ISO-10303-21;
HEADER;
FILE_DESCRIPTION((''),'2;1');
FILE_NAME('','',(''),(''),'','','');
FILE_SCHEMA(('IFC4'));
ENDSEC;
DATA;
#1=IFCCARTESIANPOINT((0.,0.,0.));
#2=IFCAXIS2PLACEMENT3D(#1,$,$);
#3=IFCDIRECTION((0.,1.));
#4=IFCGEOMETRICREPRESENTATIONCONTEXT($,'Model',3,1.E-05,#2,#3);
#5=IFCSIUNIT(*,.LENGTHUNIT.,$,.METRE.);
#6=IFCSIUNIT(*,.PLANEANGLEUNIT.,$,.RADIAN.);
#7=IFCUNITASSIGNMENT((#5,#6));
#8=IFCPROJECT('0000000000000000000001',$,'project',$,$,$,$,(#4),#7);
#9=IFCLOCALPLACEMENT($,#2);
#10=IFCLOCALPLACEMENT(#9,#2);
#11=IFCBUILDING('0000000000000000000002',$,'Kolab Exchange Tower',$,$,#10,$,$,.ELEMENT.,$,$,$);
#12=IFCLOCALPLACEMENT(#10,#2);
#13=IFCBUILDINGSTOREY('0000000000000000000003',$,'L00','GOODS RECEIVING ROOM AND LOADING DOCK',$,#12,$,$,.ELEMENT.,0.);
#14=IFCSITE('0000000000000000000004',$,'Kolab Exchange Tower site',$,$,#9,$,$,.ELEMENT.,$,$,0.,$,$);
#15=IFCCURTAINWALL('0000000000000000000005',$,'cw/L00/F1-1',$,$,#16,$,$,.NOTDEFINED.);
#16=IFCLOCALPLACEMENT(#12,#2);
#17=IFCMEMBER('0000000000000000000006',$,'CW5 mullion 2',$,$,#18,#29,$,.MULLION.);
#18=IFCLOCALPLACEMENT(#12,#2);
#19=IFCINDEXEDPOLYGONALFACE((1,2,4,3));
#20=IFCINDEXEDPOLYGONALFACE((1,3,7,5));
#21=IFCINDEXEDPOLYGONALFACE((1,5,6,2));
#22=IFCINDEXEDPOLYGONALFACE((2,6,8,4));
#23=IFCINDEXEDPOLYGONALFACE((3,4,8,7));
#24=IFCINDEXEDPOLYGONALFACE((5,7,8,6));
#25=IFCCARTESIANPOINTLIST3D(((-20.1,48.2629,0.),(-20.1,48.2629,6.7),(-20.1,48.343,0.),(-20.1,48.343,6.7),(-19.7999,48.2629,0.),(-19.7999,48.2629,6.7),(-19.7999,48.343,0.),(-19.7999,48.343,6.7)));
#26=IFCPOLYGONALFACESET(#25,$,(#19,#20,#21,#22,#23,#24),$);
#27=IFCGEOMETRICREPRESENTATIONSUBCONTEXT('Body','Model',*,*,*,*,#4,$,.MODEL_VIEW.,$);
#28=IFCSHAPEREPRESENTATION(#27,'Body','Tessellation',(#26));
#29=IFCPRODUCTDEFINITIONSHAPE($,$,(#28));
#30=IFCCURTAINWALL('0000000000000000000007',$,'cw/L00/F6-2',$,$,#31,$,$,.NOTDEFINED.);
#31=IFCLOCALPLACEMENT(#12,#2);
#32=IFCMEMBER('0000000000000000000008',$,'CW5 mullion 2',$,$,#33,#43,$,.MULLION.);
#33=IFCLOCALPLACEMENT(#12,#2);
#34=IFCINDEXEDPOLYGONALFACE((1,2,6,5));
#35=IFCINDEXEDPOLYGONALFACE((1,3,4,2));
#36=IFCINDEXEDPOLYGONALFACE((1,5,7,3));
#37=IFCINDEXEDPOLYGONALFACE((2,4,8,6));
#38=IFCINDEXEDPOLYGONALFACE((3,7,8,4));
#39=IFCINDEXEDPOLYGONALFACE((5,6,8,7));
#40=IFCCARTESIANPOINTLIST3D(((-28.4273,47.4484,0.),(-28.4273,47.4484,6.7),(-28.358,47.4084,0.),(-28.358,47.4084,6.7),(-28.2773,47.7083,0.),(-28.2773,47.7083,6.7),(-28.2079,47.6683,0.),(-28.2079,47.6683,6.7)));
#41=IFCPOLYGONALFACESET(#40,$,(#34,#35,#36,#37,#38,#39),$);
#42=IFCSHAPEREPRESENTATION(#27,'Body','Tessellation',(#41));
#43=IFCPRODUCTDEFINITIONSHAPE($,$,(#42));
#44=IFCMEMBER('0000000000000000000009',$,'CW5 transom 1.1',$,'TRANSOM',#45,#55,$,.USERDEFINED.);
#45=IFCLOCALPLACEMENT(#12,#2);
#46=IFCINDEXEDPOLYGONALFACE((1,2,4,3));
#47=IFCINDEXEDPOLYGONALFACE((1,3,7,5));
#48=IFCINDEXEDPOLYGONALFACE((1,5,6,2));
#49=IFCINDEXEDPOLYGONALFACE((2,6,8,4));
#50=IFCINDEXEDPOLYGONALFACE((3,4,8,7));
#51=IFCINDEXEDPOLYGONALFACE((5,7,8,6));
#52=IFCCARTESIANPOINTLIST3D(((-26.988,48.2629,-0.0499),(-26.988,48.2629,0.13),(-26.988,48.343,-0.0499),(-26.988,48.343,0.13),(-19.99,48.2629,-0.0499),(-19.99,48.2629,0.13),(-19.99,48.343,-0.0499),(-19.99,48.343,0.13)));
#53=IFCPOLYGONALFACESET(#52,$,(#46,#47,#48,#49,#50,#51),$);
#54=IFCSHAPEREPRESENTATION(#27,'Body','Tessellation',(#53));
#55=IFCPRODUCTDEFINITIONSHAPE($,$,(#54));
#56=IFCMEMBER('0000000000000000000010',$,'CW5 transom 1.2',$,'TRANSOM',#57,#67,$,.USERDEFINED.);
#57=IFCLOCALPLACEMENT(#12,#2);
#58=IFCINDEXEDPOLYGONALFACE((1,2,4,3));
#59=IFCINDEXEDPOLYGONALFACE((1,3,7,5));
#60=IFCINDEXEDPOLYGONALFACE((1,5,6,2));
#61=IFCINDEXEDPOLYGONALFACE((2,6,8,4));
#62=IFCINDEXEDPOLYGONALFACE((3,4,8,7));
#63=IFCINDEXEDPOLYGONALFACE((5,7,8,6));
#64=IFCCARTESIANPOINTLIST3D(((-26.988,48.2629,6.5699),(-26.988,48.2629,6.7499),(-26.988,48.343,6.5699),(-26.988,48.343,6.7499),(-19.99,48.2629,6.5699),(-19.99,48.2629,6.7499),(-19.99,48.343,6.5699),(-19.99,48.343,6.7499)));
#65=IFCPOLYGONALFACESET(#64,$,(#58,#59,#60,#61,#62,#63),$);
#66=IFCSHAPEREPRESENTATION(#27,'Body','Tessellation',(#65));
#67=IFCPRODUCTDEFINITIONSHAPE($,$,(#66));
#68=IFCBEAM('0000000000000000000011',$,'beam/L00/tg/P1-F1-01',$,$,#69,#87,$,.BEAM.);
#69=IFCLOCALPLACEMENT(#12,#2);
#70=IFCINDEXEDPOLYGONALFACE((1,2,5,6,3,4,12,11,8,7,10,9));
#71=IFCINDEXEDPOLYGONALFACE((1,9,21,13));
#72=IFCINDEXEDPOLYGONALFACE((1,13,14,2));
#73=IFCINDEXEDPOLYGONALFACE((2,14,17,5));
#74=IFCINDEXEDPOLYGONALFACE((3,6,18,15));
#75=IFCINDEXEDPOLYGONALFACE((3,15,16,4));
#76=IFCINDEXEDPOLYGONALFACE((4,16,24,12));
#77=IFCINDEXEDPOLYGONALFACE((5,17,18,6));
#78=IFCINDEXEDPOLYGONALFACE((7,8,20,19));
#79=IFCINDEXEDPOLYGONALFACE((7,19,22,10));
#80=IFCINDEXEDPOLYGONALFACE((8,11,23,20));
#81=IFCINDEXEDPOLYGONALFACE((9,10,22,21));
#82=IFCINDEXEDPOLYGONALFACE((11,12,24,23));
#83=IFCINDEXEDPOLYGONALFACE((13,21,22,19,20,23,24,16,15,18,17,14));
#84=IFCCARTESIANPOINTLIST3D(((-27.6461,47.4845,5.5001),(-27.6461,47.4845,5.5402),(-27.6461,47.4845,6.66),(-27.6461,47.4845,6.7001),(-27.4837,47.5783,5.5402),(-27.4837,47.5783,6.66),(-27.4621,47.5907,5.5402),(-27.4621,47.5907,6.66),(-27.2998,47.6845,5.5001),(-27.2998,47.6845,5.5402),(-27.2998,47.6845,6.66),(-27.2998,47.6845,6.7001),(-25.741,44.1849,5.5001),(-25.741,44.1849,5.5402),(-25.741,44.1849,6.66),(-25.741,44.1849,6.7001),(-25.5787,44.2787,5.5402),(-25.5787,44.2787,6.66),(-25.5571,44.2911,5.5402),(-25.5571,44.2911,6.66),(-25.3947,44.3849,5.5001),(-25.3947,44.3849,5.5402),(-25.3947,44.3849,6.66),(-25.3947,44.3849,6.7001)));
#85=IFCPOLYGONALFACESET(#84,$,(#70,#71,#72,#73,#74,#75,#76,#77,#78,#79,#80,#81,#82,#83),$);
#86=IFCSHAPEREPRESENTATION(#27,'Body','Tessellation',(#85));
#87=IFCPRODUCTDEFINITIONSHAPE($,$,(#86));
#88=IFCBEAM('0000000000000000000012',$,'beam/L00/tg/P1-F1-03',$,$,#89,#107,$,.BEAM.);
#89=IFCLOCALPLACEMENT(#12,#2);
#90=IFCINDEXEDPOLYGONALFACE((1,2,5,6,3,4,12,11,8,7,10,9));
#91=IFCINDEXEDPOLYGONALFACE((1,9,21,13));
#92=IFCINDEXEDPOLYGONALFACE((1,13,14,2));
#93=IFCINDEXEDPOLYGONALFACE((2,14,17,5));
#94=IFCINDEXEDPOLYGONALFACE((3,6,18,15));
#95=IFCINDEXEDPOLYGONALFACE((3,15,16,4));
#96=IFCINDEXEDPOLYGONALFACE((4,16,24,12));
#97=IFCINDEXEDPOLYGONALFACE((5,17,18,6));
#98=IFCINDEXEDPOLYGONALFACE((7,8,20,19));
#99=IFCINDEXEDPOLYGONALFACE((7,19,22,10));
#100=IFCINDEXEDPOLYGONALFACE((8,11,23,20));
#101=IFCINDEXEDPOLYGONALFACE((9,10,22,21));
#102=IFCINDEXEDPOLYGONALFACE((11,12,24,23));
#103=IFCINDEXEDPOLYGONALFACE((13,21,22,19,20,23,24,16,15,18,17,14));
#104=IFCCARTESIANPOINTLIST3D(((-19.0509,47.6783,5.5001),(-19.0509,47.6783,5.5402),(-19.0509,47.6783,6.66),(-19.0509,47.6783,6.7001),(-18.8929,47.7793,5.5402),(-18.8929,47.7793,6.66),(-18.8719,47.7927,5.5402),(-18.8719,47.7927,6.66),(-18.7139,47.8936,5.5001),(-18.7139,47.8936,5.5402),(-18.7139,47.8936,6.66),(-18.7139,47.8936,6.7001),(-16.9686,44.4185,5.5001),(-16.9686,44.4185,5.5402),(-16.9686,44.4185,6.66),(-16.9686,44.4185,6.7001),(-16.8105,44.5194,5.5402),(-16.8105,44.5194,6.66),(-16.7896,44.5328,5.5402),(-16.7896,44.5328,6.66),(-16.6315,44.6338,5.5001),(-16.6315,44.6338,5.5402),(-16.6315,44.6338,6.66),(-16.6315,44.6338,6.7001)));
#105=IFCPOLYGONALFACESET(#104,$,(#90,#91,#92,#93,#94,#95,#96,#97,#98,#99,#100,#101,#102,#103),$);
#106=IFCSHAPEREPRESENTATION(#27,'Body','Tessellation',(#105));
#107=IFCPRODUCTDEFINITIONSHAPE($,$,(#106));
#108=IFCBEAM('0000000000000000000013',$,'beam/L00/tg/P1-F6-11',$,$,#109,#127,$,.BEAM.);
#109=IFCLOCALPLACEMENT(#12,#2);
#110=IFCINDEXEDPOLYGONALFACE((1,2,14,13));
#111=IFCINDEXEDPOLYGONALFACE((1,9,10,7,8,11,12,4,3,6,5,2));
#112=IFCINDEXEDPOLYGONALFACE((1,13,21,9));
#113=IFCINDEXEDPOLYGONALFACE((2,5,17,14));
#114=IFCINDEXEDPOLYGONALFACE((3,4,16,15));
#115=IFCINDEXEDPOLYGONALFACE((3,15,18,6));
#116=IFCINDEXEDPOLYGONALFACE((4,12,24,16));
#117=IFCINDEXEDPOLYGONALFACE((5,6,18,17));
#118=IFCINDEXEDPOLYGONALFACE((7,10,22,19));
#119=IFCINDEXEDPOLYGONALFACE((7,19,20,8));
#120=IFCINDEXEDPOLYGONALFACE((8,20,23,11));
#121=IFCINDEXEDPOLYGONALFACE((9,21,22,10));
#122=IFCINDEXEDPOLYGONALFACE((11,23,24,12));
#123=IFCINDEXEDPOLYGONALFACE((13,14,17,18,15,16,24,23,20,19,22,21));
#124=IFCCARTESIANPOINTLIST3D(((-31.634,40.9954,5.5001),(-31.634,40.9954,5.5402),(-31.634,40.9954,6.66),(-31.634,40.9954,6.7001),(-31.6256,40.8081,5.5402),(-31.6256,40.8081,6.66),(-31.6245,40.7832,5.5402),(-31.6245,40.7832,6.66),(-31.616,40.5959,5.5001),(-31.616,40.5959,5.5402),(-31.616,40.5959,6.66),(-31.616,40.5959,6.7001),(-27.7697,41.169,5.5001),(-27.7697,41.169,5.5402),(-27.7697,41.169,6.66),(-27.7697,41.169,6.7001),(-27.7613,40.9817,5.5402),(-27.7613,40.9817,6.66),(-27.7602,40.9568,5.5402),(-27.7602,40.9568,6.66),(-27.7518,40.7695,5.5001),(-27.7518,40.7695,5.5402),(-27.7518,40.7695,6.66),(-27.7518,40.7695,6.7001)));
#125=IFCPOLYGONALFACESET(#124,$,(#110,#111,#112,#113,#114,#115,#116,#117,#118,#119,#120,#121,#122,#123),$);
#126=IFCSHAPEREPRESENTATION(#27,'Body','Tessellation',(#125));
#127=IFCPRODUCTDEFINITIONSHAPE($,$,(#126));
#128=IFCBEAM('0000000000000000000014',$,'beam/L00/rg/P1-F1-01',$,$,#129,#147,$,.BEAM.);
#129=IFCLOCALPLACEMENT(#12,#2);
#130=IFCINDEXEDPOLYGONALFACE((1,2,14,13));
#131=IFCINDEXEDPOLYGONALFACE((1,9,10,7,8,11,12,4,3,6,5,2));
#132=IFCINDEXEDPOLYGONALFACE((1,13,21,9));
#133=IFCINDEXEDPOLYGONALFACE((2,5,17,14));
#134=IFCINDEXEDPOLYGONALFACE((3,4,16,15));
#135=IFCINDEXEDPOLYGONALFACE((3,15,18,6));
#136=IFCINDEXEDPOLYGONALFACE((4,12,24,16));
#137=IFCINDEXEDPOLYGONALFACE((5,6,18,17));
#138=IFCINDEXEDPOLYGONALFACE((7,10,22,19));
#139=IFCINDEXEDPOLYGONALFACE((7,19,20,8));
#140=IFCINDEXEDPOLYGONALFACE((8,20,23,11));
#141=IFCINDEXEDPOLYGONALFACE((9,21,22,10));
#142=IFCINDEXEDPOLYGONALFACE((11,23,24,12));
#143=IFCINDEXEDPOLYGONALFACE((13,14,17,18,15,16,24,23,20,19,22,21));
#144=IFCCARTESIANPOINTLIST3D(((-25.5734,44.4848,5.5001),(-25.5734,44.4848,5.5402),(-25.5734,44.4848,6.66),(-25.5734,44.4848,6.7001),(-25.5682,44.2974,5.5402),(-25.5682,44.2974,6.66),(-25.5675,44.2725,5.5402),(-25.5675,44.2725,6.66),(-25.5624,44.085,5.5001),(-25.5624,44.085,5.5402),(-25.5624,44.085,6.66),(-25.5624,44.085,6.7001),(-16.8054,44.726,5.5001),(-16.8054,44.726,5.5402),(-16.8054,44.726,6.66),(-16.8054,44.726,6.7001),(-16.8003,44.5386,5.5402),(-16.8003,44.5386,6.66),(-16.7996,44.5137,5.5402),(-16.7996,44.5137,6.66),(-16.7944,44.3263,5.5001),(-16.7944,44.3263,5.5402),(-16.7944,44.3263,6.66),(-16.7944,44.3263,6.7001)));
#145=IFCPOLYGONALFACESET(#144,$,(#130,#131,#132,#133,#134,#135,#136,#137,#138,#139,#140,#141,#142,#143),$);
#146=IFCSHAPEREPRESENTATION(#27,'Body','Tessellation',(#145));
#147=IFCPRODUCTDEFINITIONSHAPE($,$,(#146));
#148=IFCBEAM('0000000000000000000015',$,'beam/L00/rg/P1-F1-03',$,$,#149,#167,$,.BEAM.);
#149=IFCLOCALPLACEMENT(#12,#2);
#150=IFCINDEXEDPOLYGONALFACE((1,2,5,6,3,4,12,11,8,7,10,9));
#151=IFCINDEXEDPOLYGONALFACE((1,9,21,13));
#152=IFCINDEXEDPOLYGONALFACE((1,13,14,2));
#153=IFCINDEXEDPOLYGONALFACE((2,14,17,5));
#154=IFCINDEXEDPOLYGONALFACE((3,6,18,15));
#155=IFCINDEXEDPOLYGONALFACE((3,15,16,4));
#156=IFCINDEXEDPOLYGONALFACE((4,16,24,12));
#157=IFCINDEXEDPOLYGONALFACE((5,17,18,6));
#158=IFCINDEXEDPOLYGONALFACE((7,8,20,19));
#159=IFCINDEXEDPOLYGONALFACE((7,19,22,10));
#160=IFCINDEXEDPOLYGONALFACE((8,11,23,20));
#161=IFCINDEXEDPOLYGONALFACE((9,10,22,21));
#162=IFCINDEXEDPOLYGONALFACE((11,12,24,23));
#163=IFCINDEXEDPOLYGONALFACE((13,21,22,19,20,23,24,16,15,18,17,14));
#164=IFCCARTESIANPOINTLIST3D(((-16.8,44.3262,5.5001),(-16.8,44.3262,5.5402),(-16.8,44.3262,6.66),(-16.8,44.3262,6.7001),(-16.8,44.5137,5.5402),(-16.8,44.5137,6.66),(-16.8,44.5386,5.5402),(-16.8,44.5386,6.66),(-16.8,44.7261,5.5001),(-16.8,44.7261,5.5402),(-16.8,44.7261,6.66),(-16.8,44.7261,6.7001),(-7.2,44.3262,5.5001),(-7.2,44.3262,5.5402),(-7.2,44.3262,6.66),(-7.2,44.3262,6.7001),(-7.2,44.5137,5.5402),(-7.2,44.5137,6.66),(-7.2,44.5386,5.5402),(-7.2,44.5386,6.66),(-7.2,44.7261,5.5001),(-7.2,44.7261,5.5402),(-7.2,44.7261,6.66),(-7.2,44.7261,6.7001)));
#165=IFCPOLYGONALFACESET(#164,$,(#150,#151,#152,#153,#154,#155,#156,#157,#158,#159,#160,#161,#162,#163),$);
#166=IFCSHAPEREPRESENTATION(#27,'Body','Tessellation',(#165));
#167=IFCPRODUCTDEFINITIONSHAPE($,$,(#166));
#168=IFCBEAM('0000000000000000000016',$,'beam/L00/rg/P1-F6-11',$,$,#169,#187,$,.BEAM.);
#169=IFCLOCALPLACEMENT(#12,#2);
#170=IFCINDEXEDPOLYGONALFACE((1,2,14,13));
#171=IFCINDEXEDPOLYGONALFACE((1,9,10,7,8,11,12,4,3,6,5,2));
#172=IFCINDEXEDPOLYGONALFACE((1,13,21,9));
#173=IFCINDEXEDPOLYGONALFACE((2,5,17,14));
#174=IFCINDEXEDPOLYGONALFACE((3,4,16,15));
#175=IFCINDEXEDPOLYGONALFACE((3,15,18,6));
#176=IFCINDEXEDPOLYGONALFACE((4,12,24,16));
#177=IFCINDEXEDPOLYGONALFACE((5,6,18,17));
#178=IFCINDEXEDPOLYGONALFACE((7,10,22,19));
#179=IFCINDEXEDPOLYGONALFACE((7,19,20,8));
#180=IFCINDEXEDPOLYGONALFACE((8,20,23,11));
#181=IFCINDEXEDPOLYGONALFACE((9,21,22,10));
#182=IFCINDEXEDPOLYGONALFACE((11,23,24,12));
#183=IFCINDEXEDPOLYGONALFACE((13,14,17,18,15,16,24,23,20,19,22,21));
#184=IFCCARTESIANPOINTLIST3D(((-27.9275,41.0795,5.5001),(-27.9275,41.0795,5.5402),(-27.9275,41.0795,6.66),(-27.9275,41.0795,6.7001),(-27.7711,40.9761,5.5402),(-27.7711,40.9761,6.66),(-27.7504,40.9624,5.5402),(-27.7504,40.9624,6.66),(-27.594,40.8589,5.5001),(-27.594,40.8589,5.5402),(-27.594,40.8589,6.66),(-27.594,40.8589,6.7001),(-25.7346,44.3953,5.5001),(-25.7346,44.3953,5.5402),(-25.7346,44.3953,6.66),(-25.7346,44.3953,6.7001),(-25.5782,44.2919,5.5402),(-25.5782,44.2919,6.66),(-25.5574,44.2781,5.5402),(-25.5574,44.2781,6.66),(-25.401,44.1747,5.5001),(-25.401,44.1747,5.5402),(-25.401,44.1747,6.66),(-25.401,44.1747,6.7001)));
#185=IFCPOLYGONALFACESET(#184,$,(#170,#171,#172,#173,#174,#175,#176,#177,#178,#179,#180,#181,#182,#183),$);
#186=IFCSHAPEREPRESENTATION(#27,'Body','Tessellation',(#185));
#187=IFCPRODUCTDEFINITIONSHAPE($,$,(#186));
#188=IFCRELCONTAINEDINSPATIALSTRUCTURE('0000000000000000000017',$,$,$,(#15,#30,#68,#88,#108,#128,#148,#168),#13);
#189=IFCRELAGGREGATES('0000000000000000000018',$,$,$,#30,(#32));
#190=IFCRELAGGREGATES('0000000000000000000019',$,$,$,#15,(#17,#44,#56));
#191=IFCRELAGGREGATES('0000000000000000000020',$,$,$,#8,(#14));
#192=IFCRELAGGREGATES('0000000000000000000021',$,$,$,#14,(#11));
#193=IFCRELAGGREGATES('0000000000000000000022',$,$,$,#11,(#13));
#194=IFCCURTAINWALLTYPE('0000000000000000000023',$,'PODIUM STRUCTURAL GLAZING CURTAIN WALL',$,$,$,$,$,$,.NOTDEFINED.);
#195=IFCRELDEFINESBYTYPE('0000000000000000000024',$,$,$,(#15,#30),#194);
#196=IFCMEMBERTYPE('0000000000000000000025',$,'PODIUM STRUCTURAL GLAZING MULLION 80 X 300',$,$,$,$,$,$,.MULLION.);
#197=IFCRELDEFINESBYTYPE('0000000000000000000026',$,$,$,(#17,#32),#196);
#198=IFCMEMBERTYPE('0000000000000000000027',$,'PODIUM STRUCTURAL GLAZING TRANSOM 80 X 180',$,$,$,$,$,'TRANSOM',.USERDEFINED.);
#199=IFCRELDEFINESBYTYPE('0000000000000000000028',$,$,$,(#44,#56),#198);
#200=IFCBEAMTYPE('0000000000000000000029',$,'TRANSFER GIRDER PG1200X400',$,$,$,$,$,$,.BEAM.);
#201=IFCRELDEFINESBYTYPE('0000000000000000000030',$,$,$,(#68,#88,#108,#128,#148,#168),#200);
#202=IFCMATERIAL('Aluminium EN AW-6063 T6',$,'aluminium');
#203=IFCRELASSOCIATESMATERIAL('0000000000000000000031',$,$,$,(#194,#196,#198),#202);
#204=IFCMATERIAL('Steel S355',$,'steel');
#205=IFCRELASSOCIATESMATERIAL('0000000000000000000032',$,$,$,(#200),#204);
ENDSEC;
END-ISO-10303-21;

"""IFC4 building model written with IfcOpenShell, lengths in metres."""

from ifc_helpers import new_model, si_unit, direction, frame, origin, origin_2d, place, context, subcontext, project, spatial, rectangle, i_section, extrude, material, material_profile, profile_set, type_object, element, aggregate, save


model = new_model("IFC4")

# Units and contexts
model_context = context("Model", 3, precision=1e-05, world=origin(), true_north=direction((0.0, 1.0)))
body_context = subcontext(model_context, "Body", "Model", "MODEL_VIEW")
ifc_project = project(units=[si_unit("LENGTHUNIT", "METRE"), si_unit("PLANEANGLEUNIT", "RADIAN")], contexts=[model_context])

# Site, building, storey
site_placement = place(None, origin())
site = spatial("IfcSite", under=ifc_project, at=site_placement, Name="Kolab Exchange Tower site", CompositionType="ELEMENT", RefElevation=0.0)
building_placement = place(site_placement, origin())
building = spatial("IfcBuilding", under=site, at=building_placement, Name="Kolab Exchange Tower", CompositionType="ELEMENT")
storey_placement = place(building_placement, origin())
storey = spatial("IfcBuildingStorey", under=building, at=storey_placement, Name="L00", Description="GOODS RECEIVING ROOM AND LOADING DOCK", CompositionType="ELEMENT", Elevation=0.0)

# Curtain wall, member
ifc_material_1 = material(Name="Aluminium EN AW-6063 T6", Category="aluminium")
curtain_wall_type = type_object("IfcCurtainWallType", Name="PODIUM STRUCTURAL GLAZING CURTAIN WALL", PredefinedType="NOTDEFINED", material=ifc_material_1)
curtain_wall_1_placement = place(storey_placement, origin())
curtain_wall_1 = element("IfcCurtainWall", 1, at=curtain_wall_1_placement, inside=storey, type_object=curtain_wall_type, Name="cw/L00/F1-1", PredefinedType="NOTDEFINED")
ifc_material_profile_1 = material_profile(ifc_material_1, rectangle(XDim=0.0801, YDim=0.3, at=origin_2d()), Name="RECT 80X300")
ifc_profile_set_1 = profile_set([ifc_material_profile_1], Name="Aluminium EN AW-6063 T6")
member_type_1 = type_object("IfcMemberType", Name="PODIUM STRUCTURAL GLAZING MULLION 80 X 300", PredefinedType="MULLION", material=ifc_profile_set_1)
member_1_placement = place(storey_placement, frame((-19.95, 48.303, 0.0), z_axis=(0.0, 0.0, 1.0), x_axis=(0.0, 1.0, 0.0)))
member_1 = element("IfcMember", 2, at=member_1_placement, type_object=member_type_1, Name="CW5 mullion 2", PredefinedType="MULLION", context=body_context, shape_type="SweptSolid", body=[
    extrude(rectangle(XDim=0.0801, YDim=0.3, at=origin_2d()), origin(), (0.0, 0.0, 1.0), 6.7),
])

# Curtain wall, member
curtain_wall_2_placement = place(storey_placement, origin())
curtain_wall_2 = element("IfcCurtainWall", 3, at=curtain_wall_2_placement, inside=storey, type_object=curtain_wall_type, Name="cw/L00/F6-2", PredefinedType="NOTDEFINED")
member_2_placement = place(storey_placement, frame((-28.3176, 47.5583, 0.0), z_axis=(0.0, 0.0, 1.0), x_axis=(-0.866025, 0.5, 0.0)))
member_2 = element("IfcMember", 4, at=member_2_placement, type_object=member_type_1, Name="CW5 mullion 2", PredefinedType="MULLION", context=body_context, shape_type="SweptSolid", body=[
    extrude(rectangle(XDim=0.0801, YDim=0.3, at=origin_2d()), origin(), (0.0, 0.0, 1.0), 6.7),
])
aggregate(curtain_wall_2, [member_2])

# Members
ifc_material_profile_2 = material_profile(ifc_material_1, rectangle(XDim=0.0801, YDim=0.1799, at=origin_2d()), Name="RECT 80X180")
ifc_profile_set_2 = profile_set([ifc_material_profile_2], Name="Aluminium EN AW-6063 T6")
member_type_2 = type_object("IfcMemberType", Name="PODIUM STRUCTURAL GLAZING TRANSOM 80 X 180", ElementType="TRANSOM", PredefinedType="USERDEFINED", material=ifc_profile_set_2)
member_3_placement = place(storey_placement, frame((-26.988, 48.303, 0.04), z_axis=(1.0, 0.0, 0.0), x_axis=(0.0, 1.0, 0.0)))
member_3 = element("IfcMember", 5, at=member_3_placement, type_object=member_type_2, Name="CW5 transom 1.1", ObjectType="TRANSOM", PredefinedType="USERDEFINED", context=body_context, shape_type="SweptSolid", body=[
    extrude(rectangle(XDim=0.0801, YDim=0.1799, at=origin_2d()), origin(), (0.0, 0.0, 1.0), 6.998),
])
member_4_placement = place(storey_placement, frame((-26.988, 48.303, 6.6599), z_axis=(1.0, 0.0, 0.0), x_axis=(0.0, 1.0, 0.0)))
member_4 = element("IfcMember", 6, at=member_4_placement, type_object=member_type_2, Name="CW5 transom 1.2", ObjectType="TRANSOM", PredefinedType="USERDEFINED", context=body_context, shape_type="SweptSolid", body=[
    extrude(rectangle(XDim=0.0801, YDim=0.1799, at=origin_2d()), origin(), (0.0, 0.0, 1.0), 6.998),
])

# Beams
ifc_material_2 = material(Name="Steel S355", Category="steel")
ifc_material_profile_3 = material_profile(ifc_material_2, i_section(OverallWidth=0.3999, OverallDepth=1.2, WebThickness=0.0249, FlangeThickness=0.04, at=origin_2d()), Name="PG1200X400")
ifc_profile_set_3 = profile_set([ifc_material_profile_3], Name="Steel S355")
beam_type = type_object("IfcBeamType", Name="TRANSFER GIRDER PG1200X400", PredefinedType="BEAM", material=ifc_profile_set_3)
beam_1_placement = place(storey_placement, frame((-25.5679, 44.2849, 6.1001), z_axis=(-0.500005, 0.866022, 0.0), x_axis=(-0.866022, -0.500005, 0.0)))
element("IfcBeam", 7, at=beam_1_placement, inside=storey, type_object=beam_type, Name="beam/L00/tg/P1-F1-01", PredefinedType="BEAM", context=body_context, shape_type="SweptSolid", body=[
    extrude(i_section(OverallWidth=0.3999, OverallDepth=1.2, WebThickness=0.0249, FlangeThickness=0.04, at=origin_2d()), origin(), (0.0, 0.0, 1.0), 3.8101),
])
for number, where, z_axis, x_axis, name in (
    (8, (-16.8, 44.5261, 6.1001), (-0.538325, 0.842738, 0.0), (-0.842738, -0.538325, 0.0), "beam/L00/tg/P1-F1-03"),
    (9, (-27.7607, 40.9692, 6.1001), (-0.998993, -0.044875, 0.0), (0.044875, -0.998993, 0.0), "beam/L00/tg/P1-F6-11"),
):
    element("IfcBeam", number, at=place(storey_placement, frame(where, z_axis=z_axis, x_axis=x_axis)), inside=storey, type_object=beam_type, Name=name, PredefinedType="BEAM", context=body_context, shape_type="SweptSolid", body=[
        extrude(i_section(OverallWidth=0.3999, OverallDepth=1.2, WebThickness=0.0249, FlangeThickness=0.04, at=origin_2d()), origin(), (0.0, 0.0, 1.0), 3.8682),
    ])
beam_2_placement = place(storey_placement, frame((-25.5679, 44.2849, 6.1001), z_axis=(0.999622, 0.027501, 0.0), x_axis=(-0.027501, 0.999622, 0.0)))
element("IfcBeam", 10, at=beam_2_placement, inside=storey, type_object=beam_type, Name="beam/L00/rg/P1-F1-01", PredefinedType="BEAM", context=body_context, shape_type="SweptSolid", body=[
    extrude(i_section(OverallWidth=0.3999, OverallDepth=1.2, WebThickness=0.0249, FlangeThickness=0.04, at=origin_2d()), origin(), (0.0, 0.0, 1.0), 8.7712),
])
beam_3_placement = place(storey_placement, frame((-16.8, 44.5261, 6.1001), z_axis=(1.0, 0.0, 0.0), x_axis=(0.0, 1.0, 0.0)))
element("IfcBeam", 11, at=beam_3_placement, inside=storey, type_object=beam_type, Name="beam/L00/rg/P1-F1-03", PredefinedType="BEAM", context=body_context, shape_type="SweptSolid", body=[
    extrude(i_section(OverallWidth=0.3999, OverallDepth=1.2, WebThickness=0.0249, FlangeThickness=0.04, at=origin_2d()), origin(), (0.0, 0.0, 1.0), 9.6001),
])
beam_4_placement = place(storey_placement, frame((-27.7607, 40.9692, 6.1001), z_axis=(0.551635, 0.834086, 0.0), x_axis=(-0.834086, 0.551635, 0.0)))
element("IfcBeam", 12, at=beam_4_placement, inside=storey, type_object=beam_type, Name="beam/L00/rg/P1-F6-11", PredefinedType="BEAM", context=body_context, shape_type="SweptSolid", body=[
    extrude(i_section(OverallWidth=0.3999, OverallDepth=1.2, WebThickness=0.0249, FlangeThickness=0.04, at=origin_2d()), origin(), (0.0, 0.0, 1.0), 3.9753),
])

aggregate(curtain_wall_1, [member_1, member_3, member_4])

save(model, "model.ifc")
